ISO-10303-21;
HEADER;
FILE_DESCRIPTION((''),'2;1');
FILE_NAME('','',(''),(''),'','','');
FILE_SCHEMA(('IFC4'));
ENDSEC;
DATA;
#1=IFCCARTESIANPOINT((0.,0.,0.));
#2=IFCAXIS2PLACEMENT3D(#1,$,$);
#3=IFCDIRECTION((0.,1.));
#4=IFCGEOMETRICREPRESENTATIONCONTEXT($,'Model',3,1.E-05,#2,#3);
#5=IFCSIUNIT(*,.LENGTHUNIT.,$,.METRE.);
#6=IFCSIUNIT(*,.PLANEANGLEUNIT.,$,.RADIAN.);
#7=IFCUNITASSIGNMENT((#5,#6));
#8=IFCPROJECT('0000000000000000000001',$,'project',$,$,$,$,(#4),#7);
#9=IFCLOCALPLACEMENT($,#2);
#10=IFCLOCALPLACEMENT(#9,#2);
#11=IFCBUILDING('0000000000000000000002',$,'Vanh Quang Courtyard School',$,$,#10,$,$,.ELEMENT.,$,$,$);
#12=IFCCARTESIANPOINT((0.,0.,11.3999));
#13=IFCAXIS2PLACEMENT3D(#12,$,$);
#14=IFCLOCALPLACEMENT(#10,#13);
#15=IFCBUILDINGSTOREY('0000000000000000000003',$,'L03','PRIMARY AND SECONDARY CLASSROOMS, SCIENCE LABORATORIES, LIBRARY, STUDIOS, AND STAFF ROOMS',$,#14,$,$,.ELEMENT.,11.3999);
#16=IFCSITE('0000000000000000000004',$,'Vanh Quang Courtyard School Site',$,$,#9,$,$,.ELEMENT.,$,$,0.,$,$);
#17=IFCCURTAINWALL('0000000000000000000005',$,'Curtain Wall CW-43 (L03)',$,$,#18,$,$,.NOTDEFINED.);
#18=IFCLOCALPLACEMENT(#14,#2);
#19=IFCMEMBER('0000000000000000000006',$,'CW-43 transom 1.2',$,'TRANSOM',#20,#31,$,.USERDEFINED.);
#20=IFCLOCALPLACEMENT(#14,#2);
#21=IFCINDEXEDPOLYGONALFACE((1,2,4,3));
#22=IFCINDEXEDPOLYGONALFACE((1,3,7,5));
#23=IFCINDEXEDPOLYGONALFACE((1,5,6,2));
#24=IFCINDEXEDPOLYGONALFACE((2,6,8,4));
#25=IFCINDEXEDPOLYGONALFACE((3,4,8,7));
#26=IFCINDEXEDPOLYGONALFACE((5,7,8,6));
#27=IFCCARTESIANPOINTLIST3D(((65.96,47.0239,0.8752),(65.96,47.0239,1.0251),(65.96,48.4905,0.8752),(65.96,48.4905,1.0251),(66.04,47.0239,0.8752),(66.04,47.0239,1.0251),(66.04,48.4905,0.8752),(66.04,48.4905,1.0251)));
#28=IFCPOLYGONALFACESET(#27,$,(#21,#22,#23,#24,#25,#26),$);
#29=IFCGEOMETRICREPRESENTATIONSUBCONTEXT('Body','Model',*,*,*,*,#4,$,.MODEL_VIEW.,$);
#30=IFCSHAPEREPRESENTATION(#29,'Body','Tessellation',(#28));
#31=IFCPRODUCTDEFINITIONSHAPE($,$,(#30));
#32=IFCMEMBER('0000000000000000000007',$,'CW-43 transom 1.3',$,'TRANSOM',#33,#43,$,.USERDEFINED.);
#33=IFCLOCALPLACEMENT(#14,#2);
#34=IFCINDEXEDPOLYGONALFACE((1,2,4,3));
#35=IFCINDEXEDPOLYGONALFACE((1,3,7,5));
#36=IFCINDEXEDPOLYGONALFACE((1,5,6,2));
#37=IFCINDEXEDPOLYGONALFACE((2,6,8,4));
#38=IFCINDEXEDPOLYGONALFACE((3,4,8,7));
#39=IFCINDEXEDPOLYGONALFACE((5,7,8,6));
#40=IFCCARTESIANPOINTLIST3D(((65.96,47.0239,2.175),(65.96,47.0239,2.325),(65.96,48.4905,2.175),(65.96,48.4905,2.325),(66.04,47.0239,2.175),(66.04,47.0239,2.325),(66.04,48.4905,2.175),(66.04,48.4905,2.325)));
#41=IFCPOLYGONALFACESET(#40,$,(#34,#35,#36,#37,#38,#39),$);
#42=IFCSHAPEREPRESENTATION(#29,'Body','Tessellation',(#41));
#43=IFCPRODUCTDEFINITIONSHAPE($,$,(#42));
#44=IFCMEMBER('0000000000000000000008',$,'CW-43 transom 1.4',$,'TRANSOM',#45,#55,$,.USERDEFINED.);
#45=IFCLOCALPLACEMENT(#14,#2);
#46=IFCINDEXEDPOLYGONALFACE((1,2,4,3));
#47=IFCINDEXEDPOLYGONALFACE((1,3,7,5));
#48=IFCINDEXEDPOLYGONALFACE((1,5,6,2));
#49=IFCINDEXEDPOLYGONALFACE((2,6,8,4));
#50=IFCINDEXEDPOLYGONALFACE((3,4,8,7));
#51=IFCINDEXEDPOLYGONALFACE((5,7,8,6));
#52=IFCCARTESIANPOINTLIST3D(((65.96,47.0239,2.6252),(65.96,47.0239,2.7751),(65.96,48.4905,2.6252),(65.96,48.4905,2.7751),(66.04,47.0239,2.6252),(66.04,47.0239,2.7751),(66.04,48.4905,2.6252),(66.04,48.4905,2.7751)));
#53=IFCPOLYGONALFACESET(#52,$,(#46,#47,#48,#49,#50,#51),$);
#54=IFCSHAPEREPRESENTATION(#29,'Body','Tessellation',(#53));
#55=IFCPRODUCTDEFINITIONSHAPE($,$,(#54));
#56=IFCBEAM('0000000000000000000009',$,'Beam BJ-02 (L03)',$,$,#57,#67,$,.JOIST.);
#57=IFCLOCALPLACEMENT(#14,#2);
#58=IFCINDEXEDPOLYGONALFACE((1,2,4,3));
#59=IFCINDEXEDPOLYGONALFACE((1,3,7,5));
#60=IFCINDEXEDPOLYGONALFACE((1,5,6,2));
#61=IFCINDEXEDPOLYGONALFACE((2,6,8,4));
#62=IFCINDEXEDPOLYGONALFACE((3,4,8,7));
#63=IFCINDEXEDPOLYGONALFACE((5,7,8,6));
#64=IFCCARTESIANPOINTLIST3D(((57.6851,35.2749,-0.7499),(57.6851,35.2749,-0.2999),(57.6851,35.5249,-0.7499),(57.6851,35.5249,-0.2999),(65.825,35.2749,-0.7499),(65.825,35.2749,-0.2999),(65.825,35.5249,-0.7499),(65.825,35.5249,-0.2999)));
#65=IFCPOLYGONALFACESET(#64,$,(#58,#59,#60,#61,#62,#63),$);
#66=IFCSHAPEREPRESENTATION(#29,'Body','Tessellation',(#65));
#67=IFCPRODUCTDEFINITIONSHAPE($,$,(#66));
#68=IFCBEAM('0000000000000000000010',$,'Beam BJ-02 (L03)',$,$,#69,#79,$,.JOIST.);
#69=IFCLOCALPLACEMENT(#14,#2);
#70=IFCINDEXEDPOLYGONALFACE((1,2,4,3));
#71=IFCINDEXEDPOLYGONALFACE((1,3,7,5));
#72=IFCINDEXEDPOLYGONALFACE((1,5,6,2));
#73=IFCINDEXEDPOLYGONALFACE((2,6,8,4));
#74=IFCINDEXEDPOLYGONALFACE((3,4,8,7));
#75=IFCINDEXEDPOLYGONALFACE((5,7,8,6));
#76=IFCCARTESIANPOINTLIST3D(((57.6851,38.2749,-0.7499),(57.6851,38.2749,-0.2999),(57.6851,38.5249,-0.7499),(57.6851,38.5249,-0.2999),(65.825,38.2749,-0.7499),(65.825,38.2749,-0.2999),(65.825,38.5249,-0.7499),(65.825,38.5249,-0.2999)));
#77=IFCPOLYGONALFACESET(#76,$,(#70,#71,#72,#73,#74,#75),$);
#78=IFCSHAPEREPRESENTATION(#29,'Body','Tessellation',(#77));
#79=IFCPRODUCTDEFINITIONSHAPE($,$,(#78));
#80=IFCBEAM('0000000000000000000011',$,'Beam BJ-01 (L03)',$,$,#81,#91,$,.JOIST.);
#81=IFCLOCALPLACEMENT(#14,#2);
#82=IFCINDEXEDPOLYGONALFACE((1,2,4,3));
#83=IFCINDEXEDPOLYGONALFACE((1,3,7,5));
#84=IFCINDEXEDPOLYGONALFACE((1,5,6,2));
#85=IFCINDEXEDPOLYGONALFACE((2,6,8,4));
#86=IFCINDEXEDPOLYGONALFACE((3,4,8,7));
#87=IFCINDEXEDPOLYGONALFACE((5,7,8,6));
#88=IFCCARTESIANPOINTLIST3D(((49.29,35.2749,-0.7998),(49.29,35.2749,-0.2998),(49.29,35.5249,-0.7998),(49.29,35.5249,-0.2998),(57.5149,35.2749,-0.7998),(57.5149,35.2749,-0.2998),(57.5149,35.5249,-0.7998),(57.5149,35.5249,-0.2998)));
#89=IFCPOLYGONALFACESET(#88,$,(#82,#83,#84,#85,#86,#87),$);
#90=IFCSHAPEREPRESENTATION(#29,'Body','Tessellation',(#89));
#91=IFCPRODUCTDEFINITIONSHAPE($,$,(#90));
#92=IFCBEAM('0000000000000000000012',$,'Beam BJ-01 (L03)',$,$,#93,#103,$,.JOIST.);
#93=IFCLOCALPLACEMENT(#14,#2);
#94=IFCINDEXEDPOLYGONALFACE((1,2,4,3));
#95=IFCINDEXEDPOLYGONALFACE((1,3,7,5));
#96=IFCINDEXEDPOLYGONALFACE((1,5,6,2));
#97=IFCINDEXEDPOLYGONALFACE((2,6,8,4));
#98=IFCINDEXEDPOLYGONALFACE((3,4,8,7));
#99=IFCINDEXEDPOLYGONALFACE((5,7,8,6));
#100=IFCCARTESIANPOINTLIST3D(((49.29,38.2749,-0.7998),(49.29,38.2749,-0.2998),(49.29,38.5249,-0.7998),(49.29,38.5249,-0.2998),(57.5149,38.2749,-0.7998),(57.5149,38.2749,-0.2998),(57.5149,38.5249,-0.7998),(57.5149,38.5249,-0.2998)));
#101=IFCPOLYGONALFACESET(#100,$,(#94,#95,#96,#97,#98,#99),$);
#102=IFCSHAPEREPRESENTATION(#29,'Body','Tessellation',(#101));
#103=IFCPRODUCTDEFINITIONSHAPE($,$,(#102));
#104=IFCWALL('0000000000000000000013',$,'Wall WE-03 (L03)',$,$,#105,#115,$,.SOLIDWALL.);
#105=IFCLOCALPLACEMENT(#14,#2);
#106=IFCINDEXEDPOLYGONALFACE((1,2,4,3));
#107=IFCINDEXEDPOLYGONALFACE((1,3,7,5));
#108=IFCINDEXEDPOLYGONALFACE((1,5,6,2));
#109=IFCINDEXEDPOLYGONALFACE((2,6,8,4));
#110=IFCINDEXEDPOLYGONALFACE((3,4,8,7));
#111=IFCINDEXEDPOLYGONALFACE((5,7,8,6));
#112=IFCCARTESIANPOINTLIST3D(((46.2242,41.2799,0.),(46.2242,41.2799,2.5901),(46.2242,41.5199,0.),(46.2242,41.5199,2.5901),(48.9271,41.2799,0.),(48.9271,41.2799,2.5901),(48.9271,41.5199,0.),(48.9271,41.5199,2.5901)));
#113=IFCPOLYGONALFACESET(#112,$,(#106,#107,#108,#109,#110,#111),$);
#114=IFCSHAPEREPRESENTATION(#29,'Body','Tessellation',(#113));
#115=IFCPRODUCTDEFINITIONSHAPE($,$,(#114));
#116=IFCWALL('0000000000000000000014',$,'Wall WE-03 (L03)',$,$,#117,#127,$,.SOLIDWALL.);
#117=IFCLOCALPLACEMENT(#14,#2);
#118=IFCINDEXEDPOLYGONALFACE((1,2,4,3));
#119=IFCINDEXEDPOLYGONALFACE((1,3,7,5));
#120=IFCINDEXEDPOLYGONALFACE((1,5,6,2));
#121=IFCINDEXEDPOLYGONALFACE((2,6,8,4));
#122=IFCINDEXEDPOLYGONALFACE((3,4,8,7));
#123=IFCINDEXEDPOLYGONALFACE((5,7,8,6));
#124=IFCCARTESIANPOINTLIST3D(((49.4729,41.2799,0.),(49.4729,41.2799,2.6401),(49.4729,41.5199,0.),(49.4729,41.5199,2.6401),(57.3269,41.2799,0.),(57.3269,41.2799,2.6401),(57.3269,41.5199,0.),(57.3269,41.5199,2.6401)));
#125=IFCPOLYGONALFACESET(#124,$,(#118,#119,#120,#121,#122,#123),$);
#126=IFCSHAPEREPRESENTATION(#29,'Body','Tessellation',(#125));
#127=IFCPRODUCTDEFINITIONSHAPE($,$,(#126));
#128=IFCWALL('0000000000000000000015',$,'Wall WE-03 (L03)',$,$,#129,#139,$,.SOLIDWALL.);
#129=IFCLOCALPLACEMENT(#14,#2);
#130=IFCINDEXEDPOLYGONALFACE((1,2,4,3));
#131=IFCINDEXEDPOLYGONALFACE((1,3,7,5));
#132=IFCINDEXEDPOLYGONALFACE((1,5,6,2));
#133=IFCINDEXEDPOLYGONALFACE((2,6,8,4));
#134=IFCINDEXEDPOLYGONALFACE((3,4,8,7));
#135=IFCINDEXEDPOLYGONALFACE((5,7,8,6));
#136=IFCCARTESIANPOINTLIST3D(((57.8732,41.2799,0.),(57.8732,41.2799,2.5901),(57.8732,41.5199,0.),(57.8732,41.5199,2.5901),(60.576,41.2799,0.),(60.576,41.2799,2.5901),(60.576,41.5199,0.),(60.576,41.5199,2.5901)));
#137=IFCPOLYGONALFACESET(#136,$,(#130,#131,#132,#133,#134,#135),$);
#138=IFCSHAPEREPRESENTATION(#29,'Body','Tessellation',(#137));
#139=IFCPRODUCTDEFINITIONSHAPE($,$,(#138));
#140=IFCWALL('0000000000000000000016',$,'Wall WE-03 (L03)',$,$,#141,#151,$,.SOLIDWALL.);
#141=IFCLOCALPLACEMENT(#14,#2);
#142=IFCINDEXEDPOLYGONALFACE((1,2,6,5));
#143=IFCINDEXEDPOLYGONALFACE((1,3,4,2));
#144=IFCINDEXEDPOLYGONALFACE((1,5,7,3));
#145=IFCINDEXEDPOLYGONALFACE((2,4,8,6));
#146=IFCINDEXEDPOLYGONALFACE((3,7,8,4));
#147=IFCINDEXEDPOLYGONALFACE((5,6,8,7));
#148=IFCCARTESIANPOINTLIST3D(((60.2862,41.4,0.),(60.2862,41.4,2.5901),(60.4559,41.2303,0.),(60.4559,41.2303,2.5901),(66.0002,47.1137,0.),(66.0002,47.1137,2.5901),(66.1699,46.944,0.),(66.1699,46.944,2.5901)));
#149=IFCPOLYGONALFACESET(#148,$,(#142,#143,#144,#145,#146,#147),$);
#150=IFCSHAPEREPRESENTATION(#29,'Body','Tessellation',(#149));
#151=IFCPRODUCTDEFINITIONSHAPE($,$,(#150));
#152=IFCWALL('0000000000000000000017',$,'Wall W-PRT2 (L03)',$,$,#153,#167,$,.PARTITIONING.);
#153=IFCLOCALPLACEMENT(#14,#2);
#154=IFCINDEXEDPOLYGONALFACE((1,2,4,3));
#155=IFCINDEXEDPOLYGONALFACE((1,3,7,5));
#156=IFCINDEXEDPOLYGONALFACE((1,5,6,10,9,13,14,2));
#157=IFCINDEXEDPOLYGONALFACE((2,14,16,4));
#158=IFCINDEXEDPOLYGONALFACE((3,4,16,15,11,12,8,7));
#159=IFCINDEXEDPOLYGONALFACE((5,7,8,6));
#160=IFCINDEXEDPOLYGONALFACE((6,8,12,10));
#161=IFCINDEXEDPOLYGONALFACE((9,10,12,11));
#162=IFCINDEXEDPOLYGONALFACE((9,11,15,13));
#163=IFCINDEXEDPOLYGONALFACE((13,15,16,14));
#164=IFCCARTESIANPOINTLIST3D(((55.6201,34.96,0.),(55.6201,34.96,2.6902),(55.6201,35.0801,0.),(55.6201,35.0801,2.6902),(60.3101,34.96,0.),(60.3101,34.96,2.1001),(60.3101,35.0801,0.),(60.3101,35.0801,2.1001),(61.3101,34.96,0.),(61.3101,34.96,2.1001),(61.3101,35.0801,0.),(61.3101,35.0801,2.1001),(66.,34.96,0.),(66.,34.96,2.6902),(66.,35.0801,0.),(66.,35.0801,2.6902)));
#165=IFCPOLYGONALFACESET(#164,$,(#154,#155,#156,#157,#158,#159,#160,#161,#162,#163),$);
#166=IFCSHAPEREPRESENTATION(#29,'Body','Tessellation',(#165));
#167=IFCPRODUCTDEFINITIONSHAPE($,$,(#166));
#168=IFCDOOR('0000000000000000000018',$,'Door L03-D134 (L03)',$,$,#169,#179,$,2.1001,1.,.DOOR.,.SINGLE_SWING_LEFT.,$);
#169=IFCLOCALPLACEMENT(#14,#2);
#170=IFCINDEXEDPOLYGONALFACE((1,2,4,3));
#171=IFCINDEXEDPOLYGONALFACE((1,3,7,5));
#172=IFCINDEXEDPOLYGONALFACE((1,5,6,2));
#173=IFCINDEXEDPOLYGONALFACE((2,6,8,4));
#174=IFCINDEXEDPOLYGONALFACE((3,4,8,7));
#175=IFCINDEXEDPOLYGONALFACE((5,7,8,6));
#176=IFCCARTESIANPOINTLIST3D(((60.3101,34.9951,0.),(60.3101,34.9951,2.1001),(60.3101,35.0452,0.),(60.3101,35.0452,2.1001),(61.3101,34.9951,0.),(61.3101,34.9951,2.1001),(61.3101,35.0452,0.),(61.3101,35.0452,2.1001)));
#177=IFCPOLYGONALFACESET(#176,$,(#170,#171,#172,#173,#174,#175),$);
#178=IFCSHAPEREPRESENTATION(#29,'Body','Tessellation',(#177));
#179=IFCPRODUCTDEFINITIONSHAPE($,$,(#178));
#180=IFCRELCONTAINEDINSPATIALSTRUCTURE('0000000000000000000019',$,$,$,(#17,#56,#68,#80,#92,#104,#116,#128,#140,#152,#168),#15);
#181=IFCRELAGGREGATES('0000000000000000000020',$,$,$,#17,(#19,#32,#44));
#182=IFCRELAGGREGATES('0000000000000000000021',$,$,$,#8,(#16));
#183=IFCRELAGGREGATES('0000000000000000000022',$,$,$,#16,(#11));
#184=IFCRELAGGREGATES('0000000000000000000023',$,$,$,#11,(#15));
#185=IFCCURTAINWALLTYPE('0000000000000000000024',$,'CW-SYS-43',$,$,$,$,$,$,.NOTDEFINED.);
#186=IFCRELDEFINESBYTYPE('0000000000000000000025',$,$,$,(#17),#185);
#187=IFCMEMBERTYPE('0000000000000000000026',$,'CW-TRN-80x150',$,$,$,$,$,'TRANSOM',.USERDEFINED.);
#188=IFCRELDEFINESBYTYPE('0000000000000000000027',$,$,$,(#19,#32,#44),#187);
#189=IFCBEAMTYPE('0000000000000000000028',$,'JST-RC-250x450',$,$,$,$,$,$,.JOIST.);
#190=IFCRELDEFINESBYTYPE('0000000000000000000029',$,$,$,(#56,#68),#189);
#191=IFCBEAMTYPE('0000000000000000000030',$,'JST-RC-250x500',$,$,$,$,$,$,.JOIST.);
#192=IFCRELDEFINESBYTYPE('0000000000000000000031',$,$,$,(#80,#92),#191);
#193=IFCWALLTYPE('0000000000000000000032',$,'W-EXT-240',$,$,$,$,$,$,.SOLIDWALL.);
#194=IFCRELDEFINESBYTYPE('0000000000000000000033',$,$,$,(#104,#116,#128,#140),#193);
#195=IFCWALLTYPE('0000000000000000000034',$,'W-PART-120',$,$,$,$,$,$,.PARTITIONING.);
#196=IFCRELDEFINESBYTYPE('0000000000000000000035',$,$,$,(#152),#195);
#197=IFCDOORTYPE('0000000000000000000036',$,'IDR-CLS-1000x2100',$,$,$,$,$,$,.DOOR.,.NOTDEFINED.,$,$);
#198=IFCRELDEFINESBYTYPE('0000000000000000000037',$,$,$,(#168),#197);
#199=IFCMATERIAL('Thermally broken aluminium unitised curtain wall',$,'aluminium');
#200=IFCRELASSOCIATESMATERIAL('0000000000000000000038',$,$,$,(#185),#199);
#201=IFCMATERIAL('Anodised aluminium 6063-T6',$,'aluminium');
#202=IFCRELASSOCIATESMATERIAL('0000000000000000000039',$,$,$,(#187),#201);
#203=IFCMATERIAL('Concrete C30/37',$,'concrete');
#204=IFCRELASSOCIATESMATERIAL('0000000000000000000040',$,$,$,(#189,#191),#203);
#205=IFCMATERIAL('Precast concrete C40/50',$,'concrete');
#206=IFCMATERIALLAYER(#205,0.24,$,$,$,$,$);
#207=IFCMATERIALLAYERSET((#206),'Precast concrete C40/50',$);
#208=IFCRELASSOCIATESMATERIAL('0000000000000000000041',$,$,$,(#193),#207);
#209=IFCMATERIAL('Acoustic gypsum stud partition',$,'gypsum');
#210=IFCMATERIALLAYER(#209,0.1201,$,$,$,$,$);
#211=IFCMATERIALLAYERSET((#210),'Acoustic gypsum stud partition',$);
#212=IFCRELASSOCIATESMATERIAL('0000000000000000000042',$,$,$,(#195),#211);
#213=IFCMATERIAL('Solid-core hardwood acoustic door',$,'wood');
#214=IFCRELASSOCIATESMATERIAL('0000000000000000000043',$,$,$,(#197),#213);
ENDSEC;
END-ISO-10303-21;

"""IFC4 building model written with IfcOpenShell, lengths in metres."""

from ifc_helpers import new_model, si_unit, direction, frame, frame_2d, origin, origin_2d, place, context, subcontext, project, spatial, rectangle, extrude, material, layer, layer_set, material_profile, profile_set, type_object, element, fill, aggregate, save


model = new_model("IFC4")

# Units and contexts
model_context = context("Model", 3, precision=1e-05, world=origin(), true_north=direction((0.0, 1.0)))
body_context = subcontext(model_context, "Body", "Model", "MODEL_VIEW")
ifc_project = project(units=[si_unit("LENGTHUNIT", "METRE"), si_unit("PLANEANGLEUNIT", "RADIAN")], contexts=[model_context])

# Site, building, storey
site_placement = place(None, origin())
site = spatial("IfcSite", under=ifc_project, at=site_placement, Name="Vanh Quang Courtyard School Site", CompositionType="ELEMENT", RefElevation=0.0)
building_placement = place(site_placement, origin())
building = spatial("IfcBuilding", under=site, at=building_placement, Name="Vanh Quang Courtyard School", CompositionType="ELEMENT")
storey_placement = place(building_placement, frame((0.0, 0.0, 11.3999)))
storey = spatial("IfcBuildingStorey", under=building, at=storey_placement, Name="L03", Description="PRIMARY AND SECONDARY CLASSROOMS, SCIENCE LABORATORIES, LIBRARY, STUDIOS, AND STAFF ROOMS", CompositionType="ELEMENT", Elevation=11.3999)

# Curtain wall, members
ifc_material_1 = material(Name="Thermally broken aluminium unitised curtain wall", Category="aluminium")
curtain_wall_type = type_object("IfcCurtainWallType", Name="CW-SYS-43", PredefinedType="NOTDEFINED", material=ifc_material_1)
curtain_wall_placement = place(storey_placement, origin())
curtain_wall = element("IfcCurtainWall", 1, at=curtain_wall_placement, inside=storey, type_object=curtain_wall_type, Name="Curtain Wall CW-43 (L03)", PredefinedType="NOTDEFINED")
ifc_material_2 = material(Name="Anodised aluminium 6063-T6", Category="aluminium")
ifc_material_profile_1 = material_profile(ifc_material_2, rectangle(XDim=0.0801, YDim=0.1499, at=origin_2d()), Name="ALU-TRN 80x150")
ifc_profile_set_1 = profile_set([ifc_material_profile_1], Name="Anodised aluminium 6063-T6")
member_type_1 = type_object("IfcMemberType", Name="CW-TRN-80x150", ElementType="TRANSOM", PredefinedType="USERDEFINED", material=ifc_profile_set_1)
member_1_placement = place(storey_placement, frame((66.0, 47.0239, 0.9502), z_axis=(0.0, 1.0, 0.0), x_axis=(-1.0, 0.0, 0.0)))
member_1 = element("IfcMember", 2, at=member_1_placement, type_object=member_type_1, Name="CW-43 transom 1.2", ObjectType="TRANSOM", PredefinedType="USERDEFINED", context=body_context, shape_type="SweptSolid", body=[
    extrude(rectangle(XDim=0.0801, YDim=0.1499, at=origin_2d()), origin(), (0.0, 0.0, 1.0), 1.4666),
])
member_2_placement = place(storey_placement, frame((66.0, 47.0239, 2.25), z_axis=(0.0, 1.0, 0.0), x_axis=(-1.0, 0.0, 0.0)))
member_2 = element("IfcMember", 3, at=member_2_placement, type_object=member_type_1, Name="CW-43 transom 1.3", ObjectType="TRANSOM", PredefinedType="USERDEFINED", context=body_context, shape_type="SweptSolid", body=[
    extrude(rectangle(XDim=0.0801, YDim=0.1499, at=origin_2d()), origin(), (0.0, 0.0, 1.0), 1.4666),
])
member_3_placement = place(storey_placement, frame((66.0, 47.0239, 2.7002), z_axis=(0.0, 1.0, 0.0), x_axis=(-1.0, 0.0, 0.0)))
member_3 = element("IfcMember", 4, at=member_3_placement, type_object=member_type_1, Name="CW-43 transom 1.4", ObjectType="TRANSOM", PredefinedType="USERDEFINED", context=body_context, shape_type="SweptSolid", body=[
    extrude(rectangle(XDim=0.0801, YDim=0.1499, at=origin_2d()), origin(), (0.0, 0.0, 1.0), 1.4666),
])
aggregate(curtain_wall, [member_1, member_2, member_3])

# Beams
ifc_material_3 = material(Name="Concrete C30/37", Category="concrete")
ifc_material_profile_2 = material_profile(ifc_material_3, rectangle(XDim=0.25, YDim=0.45, at=origin_2d()), Name="RC-JST 250x450")
ifc_profile_set_2 = profile_set([ifc_material_profile_2], Name="Concrete C30/37")
beam_type_1 = type_object("IfcBeamType", Name="JST-RC-250x450", PredefinedType="JOIST", material=ifc_profile_set_2)
for number, where, z_axis, x_axis, name in (
    (5, (57.6851, 35.3999, -0.5249), (1.0, 0.0, 0.0), (0.0, 1.0, 0.0), "Beam BJ-02 (L03)"),
    (6, (57.6851, 38.3999, -0.5249), (1.0, 0.0, 0.0), (0.0, 1.0, 0.0), "Beam BJ-02 (L03)"),
):
    element("IfcBeam", number, at=place(storey_placement, frame(where, z_axis=z_axis, x_axis=x_axis)), inside=storey, type_object=beam_type_1, Name=name, PredefinedType="JOIST", context=body_context, shape_type="SweptSolid", body=[
        extrude(rectangle(XDim=0.25, YDim=0.45, at=origin_2d()), origin(), (0.0, 0.0, 1.0), 8.1399),
    ])
ifc_material_profile_3 = material_profile(ifc_material_3, rectangle(XDim=0.25, YDim=0.5, at=origin_2d()), Name="RC-JST 250x500")
ifc_profile_set_3 = profile_set([ifc_material_profile_3], Name="Concrete C30/37")
beam_type_2 = type_object("IfcBeamType", Name="JST-RC-250x500", PredefinedType="JOIST", material=ifc_profile_set_3)
for number, where, z_axis, x_axis, name in (
    (7, (49.29, 35.3999, -0.5498), (1.0, 0.0, 0.0), (0.0, 1.0, 0.0), "Beam BJ-01 (L03)"),
    (8, (49.29, 38.3999, -0.5498), (1.0, 0.0, 0.0), (0.0, 1.0, 0.0), "Beam BJ-01 (L03)"),
):
    element("IfcBeam", number, at=place(storey_placement, frame(where, z_axis=z_axis, x_axis=x_axis)), inside=storey, type_object=beam_type_2, Name=name, PredefinedType="JOIST", context=body_context, shape_type="SweptSolid", body=[
        extrude(rectangle(XDim=0.25, YDim=0.5, at=origin_2d()), origin(), (0.0, 0.0, 1.0), 8.2249),
    ])

# Walls
ifc_material_4 = material(Name="Precast concrete C40/50", Category="concrete")
ifc_layer_1 = layer(ifc_material_4, 0.24)
ifc_layer_set_1 = layer_set([ifc_layer_1], Name="Precast concrete C40/50")
wall_type_1 = type_object("IfcWallType", Name="W-EXT-240", PredefinedType="SOLIDWALL", material=ifc_layer_set_1)
wall_1_placement = place(storey_placement, frame((46.2241, 41.3999, 0.0), z_axis=(0.0, 0.0, 1.0), x_axis=(1.0, 0.0, 0.0)))
element("IfcWall", 9, at=wall_1_placement, inside=storey, type_object=wall_type_1, Name="Wall WE-03 (L03)", PredefinedType="SOLIDWALL", context=body_context, shape_type="SweptSolid", body=[
    extrude(rectangle(XDim=2.7029, YDim=0.24, at=frame_2d((1.3516, 0.0))), origin(), (0.0, 0.0, 1.0), 2.5901),
])
wall_2_placement = place(storey_placement, frame((49.4729, 41.3999, 0.0), z_axis=(0.0, 0.0, 1.0), x_axis=(1.0, 0.0, 0.0)))
element("IfcWall", 10, at=wall_2_placement, inside=storey, type_object=wall_type_1, Name="Wall WE-03 (L03)", PredefinedType="SOLIDWALL", context=body_context, shape_type="SweptSolid", body=[
    extrude(rectangle(XDim=7.854, YDim=0.24, at=frame_2d((3.927, 0.0))), origin(), (0.0, 0.0, 1.0), 2.6401),
])
wall_3_placement = place(storey_placement, frame((57.873, 41.3999, 0.0), z_axis=(0.0, 0.0, 1.0), x_axis=(1.0, 0.0, 0.0)))
element("IfcWall", 11, at=wall_3_placement, inside=storey, type_object=wall_type_1, Name="Wall WE-03 (L03)", PredefinedType="SOLIDWALL", context=body_context, shape_type="SweptSolid", body=[
    extrude(rectangle(XDim=2.7029, YDim=0.24, at=frame_2d((1.3516, 0.0))), origin(), (0.0, 0.0, 1.0), 2.5901),
])
wall_4_placement = place(storey_placement, frame((60.3711, 41.3152, 0.0), z_axis=(0.0, 0.0, 1.0), x_axis=(0.707122, 0.707092, 0.0)))
element("IfcWall", 12, at=wall_4_placement, inside=storey, type_object=wall_type_1, Name="Wall WE-03 (L03)", PredefinedType="SOLIDWALL", context=body_context, shape_type="SweptSolid", body=[
    extrude(rectangle(XDim=8.0806, YDim=0.24, at=frame_2d((4.0403, 0.0))), origin(), (0.0, 0.0, 1.0), 2.5901),
])

# Wall, opening, door
ifc_material_5 = material(Name="Acoustic gypsum stud partition", Category="gypsum")
ifc_layer_2 = layer(ifc_material_5, 0.1201)
ifc_layer_set_2 = layer_set([ifc_layer_2], Name="Acoustic gypsum stud partition")
wall_type_2 = type_object("IfcWallType", Name="W-PART-120", PredefinedType="PARTITIONING", material=ifc_layer_set_2)
wall_5_placement = place(storey_placement, frame((66.0, 35.02, 0.0), z_axis=(0.0, 0.0, 1.0), x_axis=(-1.0, 0.0, 0.0)))
wall_5 = element("IfcWall", 13, at=wall_5_placement, inside=storey, type_object=wall_type_2, Name="Wall W-PRT2 (L03)", PredefinedType="PARTITIONING", context=body_context, shape_type="SweptSolid", body=[
    extrude(rectangle(XDim=10.3799, YDim=0.1201, at=frame_2d((5.1899, 0.0))), origin(), (0.0, 0.0, 1.0), 2.6902),
])
opening_1_placement = place(wall_5_placement, frame((4.6899, 0.0, 0.0)))
opening_1 = element("IfcOpeningElement", 14, at=opening_1_placement, cuts=wall_5, PredefinedType="OPENING", context=body_context, shape_type="SweptSolid", body=[
    extrude(rectangle(XDim=1.0, YDim=2.1001, at=frame_2d((0.5, 1.05))), frame((0.0, 0.0701, 0.0), z_axis=(0.0, -1.0, 0.0), x_axis=(1.0, 0.0, 0.0)), (0.0, 0.0, 1.0), 0.1401),
])
ifc_material_6 = material(Name="Solid-core hardwood acoustic door", Category="wood")
door_type_1 = type_object("IfcDoorType", Name="IDR-CLS-1000x2100", OperationType="NOTDEFINED", PredefinedType="DOOR", material=ifc_material_6)
door_1_placement = place(opening_1_placement, origin())
door_1 = element("IfcDoor", 15, at=door_1_placement, inside=storey, type_object=door_type_1, Name="Door L03-D134 (L03)", OperationType="SINGLE_SWING_LEFT", OverallHeight=2.1001, OverallWidth=1.0, PredefinedType="DOOR", context=body_context, shape_type="SweptSolid", body=[
    extrude(rectangle(XDim=1.0, YDim=2.1001, at=frame_2d((0.5, 1.05))), frame((0.0, 0.0249, 0.0), z_axis=(0.0, -1.0, 0.0), x_axis=(1.0, 0.0, 0.0)), (0.0, 0.0, 1.0), 0.05),
])
fill(opening_1, door_1)

save(model, "model.ifc")
